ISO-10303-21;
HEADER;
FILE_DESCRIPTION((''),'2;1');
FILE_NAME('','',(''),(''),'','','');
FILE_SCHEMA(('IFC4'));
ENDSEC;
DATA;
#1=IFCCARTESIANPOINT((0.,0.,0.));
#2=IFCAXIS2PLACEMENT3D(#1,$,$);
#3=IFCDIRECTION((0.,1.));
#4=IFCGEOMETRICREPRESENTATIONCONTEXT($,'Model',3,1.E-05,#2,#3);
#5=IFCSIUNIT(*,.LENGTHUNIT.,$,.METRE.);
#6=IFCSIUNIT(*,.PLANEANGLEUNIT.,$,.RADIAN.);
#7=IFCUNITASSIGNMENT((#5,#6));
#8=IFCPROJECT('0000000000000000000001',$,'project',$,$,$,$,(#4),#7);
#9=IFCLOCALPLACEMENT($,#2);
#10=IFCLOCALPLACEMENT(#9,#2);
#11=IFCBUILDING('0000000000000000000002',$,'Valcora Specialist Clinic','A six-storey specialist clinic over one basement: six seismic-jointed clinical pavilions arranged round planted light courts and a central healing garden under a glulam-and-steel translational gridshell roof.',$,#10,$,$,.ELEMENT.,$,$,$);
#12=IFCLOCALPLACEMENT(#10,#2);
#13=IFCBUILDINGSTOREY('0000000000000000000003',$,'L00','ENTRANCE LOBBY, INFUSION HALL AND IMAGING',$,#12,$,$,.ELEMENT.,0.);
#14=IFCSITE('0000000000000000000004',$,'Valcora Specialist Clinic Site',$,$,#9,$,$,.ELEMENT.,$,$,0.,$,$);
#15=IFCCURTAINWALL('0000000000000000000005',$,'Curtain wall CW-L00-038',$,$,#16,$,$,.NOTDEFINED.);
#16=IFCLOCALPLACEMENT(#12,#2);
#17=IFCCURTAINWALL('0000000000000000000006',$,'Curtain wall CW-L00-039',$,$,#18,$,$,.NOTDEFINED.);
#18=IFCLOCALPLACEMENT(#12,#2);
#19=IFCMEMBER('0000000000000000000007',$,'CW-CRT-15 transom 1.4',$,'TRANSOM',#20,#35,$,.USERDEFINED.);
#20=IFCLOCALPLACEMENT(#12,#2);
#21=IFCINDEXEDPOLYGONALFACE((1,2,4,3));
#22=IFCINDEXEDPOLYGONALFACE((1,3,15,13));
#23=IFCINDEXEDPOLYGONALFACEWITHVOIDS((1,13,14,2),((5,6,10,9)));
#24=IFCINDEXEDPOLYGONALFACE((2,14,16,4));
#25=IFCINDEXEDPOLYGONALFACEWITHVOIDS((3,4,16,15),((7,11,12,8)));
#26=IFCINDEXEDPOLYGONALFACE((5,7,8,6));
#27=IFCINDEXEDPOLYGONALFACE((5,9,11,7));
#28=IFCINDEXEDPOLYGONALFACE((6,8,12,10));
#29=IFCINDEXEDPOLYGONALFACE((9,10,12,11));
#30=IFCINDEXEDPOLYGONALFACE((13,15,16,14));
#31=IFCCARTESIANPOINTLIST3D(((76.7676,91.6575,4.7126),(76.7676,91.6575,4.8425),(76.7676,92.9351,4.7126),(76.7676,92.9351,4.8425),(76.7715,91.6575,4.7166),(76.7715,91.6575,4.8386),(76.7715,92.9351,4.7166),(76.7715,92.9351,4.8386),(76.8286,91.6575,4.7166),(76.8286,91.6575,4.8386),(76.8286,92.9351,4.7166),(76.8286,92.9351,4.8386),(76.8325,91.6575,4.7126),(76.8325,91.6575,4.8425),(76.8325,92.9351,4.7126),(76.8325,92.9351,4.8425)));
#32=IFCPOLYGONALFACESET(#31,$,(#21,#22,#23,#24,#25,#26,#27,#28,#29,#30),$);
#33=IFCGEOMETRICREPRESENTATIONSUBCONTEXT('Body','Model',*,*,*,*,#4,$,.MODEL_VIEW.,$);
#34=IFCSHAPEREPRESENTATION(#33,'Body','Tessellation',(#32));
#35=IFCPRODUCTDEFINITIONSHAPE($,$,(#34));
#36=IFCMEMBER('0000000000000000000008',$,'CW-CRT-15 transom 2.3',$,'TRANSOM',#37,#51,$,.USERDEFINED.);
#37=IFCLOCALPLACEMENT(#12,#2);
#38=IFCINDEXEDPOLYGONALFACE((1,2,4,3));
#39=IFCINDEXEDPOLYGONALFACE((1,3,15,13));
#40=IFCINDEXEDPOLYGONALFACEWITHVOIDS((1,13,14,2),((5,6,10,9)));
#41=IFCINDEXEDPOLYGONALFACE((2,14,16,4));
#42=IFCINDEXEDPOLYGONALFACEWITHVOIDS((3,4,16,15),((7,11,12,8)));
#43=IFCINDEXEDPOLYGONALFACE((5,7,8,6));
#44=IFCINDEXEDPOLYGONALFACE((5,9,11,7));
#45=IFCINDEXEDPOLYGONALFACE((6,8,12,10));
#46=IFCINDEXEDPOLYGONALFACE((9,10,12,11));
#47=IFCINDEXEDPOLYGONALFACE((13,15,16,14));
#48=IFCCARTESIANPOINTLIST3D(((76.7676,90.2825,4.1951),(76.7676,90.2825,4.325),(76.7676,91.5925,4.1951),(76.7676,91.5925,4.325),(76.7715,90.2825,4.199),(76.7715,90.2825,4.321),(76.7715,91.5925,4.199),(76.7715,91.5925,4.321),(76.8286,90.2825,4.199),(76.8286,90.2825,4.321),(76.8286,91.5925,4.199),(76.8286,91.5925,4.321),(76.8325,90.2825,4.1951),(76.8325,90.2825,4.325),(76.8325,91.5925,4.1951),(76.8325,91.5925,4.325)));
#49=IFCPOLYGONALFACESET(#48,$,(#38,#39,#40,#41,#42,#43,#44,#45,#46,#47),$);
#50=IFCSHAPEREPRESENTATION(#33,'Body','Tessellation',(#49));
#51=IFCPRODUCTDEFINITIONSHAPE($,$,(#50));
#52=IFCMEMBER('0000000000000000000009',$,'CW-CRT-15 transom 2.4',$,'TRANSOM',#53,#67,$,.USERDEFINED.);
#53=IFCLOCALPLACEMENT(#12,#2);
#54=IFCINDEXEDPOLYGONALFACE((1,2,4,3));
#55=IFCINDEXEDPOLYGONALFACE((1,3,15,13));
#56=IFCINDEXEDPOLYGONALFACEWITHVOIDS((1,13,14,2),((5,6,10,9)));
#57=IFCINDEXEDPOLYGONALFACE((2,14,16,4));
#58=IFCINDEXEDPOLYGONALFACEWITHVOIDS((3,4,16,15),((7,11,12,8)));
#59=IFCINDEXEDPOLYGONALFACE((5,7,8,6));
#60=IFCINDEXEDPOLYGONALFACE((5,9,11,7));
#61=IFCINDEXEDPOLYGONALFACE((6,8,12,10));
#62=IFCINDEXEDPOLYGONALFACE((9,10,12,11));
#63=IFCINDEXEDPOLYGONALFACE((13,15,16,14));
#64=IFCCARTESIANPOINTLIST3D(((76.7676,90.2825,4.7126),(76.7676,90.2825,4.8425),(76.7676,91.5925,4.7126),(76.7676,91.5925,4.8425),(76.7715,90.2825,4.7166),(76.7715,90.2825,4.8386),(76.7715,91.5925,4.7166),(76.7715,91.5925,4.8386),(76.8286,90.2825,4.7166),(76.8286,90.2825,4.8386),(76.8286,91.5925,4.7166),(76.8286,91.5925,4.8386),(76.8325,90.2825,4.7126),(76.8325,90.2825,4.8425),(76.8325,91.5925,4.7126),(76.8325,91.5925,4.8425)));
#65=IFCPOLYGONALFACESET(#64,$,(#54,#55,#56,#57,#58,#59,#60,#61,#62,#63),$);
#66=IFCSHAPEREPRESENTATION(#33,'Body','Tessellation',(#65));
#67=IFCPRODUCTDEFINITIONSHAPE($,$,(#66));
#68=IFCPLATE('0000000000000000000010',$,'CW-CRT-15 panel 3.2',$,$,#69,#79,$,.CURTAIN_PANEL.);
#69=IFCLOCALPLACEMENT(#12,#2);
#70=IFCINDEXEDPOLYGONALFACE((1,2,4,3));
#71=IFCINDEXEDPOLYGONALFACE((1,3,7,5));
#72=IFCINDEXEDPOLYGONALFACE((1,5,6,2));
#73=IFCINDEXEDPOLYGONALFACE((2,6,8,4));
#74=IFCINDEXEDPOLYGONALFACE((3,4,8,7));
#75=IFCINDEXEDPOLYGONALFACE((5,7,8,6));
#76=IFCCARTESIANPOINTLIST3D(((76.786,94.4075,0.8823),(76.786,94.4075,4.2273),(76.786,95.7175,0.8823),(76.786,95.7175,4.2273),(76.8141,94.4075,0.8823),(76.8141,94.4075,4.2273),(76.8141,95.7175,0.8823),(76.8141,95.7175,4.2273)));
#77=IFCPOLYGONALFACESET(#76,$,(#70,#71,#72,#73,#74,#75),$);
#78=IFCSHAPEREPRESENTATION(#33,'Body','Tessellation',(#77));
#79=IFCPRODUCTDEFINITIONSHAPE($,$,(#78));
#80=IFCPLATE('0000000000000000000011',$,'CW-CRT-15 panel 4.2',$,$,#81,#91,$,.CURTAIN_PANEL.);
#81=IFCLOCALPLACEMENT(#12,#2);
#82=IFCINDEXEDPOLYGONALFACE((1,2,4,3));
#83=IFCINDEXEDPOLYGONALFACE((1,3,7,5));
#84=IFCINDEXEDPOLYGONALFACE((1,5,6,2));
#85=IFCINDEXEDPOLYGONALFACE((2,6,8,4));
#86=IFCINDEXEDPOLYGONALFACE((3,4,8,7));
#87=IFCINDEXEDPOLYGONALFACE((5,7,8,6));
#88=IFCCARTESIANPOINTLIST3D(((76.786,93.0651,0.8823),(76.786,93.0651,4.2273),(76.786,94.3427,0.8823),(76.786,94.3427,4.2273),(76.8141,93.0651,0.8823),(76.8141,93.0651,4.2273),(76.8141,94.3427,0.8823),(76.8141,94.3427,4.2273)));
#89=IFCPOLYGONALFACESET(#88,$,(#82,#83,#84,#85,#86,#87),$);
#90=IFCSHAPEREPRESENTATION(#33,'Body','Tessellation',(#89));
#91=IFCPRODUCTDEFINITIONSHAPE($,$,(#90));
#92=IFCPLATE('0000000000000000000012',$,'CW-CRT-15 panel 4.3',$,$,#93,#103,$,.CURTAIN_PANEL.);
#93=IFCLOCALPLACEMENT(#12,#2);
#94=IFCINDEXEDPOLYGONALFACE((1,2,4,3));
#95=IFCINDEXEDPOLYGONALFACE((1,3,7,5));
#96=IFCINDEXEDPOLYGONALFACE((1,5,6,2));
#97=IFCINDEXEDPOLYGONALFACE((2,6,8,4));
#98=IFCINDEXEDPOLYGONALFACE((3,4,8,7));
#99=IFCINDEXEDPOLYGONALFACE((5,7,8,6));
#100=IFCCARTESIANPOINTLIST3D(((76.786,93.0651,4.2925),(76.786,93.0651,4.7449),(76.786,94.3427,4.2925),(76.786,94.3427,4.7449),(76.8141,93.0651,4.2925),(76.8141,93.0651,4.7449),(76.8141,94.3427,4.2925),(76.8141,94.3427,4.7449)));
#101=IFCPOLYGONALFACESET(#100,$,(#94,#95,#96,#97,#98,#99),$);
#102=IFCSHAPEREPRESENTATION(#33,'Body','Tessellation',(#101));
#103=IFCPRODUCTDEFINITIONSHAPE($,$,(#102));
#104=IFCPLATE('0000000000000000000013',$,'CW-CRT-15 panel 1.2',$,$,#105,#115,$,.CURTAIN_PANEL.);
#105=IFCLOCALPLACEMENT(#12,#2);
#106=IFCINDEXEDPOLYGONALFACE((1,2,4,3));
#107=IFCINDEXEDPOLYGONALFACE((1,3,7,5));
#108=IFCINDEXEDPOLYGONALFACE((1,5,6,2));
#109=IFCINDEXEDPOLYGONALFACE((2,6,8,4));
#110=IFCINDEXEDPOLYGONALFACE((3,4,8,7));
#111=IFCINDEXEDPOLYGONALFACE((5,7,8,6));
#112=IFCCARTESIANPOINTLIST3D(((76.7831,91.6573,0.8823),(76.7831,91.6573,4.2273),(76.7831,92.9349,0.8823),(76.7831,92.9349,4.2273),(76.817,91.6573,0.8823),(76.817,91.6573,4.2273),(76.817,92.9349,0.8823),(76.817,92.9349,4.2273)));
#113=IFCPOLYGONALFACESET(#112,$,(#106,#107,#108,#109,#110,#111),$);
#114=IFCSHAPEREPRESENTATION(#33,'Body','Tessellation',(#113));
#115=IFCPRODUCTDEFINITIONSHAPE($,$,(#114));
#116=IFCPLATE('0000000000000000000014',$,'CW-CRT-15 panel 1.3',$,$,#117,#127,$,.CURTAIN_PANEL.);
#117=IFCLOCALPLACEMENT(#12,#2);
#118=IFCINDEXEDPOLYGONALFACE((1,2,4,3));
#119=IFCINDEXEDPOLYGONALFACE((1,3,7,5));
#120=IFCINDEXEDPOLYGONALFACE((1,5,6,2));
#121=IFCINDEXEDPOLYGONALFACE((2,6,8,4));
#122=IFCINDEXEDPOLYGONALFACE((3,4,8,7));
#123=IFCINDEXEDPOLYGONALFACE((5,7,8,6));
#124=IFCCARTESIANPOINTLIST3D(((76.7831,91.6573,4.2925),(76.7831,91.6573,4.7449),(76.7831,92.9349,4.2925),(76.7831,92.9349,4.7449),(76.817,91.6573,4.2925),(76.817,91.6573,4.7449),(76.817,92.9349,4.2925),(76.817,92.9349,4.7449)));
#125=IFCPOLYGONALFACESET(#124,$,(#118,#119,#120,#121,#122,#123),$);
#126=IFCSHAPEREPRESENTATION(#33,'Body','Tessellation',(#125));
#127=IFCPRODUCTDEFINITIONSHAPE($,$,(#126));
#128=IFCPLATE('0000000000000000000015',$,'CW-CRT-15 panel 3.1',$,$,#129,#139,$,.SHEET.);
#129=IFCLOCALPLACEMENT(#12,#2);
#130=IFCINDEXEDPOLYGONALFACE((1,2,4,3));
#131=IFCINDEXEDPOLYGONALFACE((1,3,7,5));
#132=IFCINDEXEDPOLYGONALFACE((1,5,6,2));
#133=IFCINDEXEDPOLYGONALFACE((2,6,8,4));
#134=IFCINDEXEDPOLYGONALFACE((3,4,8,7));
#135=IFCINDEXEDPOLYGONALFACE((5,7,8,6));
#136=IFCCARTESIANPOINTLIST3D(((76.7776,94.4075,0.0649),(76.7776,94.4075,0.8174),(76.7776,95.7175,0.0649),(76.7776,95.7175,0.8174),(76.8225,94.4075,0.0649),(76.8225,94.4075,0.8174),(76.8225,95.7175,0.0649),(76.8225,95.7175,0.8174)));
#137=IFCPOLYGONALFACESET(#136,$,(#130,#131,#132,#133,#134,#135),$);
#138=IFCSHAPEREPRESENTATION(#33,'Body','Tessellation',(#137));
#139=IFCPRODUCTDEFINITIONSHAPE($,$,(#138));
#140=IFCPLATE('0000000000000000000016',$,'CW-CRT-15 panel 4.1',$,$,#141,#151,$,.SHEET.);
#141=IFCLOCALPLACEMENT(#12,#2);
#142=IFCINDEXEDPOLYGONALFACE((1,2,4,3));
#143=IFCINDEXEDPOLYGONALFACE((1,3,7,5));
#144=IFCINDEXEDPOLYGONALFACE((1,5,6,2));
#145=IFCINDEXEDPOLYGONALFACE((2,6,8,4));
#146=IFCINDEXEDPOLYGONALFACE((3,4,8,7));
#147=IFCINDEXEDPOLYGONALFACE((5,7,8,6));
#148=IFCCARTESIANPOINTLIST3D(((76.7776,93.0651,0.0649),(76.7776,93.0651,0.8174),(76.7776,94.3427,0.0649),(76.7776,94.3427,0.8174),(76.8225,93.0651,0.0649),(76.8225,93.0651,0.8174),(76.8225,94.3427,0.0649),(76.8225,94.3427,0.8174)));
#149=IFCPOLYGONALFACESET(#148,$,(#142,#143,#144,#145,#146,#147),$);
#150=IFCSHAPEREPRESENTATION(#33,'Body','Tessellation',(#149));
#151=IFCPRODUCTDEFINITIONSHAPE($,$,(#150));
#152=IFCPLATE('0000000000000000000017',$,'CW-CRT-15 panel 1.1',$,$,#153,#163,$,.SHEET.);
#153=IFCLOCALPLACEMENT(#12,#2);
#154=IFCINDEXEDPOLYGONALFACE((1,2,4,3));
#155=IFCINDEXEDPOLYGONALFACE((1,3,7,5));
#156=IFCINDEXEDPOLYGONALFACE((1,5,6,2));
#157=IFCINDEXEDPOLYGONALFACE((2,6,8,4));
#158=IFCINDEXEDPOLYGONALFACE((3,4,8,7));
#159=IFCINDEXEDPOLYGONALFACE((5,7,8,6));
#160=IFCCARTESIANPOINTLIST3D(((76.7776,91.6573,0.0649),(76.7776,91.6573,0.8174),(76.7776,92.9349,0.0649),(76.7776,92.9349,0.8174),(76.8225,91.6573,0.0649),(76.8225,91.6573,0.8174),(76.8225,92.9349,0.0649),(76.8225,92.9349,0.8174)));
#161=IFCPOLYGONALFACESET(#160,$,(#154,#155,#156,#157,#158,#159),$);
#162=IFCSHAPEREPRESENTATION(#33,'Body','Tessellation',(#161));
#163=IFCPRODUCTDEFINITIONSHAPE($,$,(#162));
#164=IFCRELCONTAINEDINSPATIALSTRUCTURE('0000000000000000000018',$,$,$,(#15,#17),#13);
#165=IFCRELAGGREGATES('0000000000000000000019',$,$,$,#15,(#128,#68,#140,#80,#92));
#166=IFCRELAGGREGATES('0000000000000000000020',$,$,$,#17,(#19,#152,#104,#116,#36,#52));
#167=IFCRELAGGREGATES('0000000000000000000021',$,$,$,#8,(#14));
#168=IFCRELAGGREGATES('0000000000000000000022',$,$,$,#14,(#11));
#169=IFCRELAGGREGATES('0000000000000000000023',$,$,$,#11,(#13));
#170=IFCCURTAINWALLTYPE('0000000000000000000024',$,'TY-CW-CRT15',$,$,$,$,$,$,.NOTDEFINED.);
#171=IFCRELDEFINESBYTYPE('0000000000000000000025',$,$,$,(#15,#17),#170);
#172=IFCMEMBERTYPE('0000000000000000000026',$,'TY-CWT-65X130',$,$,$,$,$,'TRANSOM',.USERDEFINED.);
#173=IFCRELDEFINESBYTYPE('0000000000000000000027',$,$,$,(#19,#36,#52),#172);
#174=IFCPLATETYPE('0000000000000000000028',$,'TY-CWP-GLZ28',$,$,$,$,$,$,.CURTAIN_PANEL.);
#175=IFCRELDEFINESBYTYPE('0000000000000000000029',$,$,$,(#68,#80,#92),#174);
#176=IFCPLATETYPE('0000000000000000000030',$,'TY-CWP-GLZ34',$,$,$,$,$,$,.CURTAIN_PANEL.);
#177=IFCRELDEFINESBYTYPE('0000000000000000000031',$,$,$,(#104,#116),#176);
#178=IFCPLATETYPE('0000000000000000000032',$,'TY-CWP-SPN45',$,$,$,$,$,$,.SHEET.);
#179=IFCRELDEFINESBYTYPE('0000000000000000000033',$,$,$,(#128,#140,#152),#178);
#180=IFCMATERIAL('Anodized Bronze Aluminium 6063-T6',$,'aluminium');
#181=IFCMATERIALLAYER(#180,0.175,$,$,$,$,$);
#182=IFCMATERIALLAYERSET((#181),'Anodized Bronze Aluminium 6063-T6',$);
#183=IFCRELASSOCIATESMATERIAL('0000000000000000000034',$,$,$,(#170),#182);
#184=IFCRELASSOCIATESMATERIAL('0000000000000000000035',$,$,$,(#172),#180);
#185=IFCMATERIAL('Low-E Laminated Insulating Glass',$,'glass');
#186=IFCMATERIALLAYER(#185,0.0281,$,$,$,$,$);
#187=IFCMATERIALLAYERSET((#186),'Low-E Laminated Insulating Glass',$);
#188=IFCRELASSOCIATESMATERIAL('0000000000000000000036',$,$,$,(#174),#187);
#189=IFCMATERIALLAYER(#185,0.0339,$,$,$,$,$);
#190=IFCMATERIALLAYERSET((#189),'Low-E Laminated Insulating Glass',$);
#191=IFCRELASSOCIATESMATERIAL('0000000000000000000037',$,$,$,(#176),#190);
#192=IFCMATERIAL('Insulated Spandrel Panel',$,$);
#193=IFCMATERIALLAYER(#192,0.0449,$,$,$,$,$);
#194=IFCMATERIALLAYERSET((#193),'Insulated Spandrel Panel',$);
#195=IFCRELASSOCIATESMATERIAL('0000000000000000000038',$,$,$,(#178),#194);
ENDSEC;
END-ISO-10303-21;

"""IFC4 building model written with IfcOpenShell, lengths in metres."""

from ifc_helpers import new_model, si_unit, direction, frame, origin, origin_2d, place, context, subcontext, project, spatial, rectangle, hollow_rectangle, extrude, material, layer, layer_set, material_profile, profile_set, type_object, element, aggregate, save


model = new_model("IFC4")

# Units and contexts
model_context = context("Model", 3, precision=1e-05, world=origin(), true_north=direction((0.0, 1.0)))
body_context = subcontext(model_context, "Body", "Model", "MODEL_VIEW")
ifc_project = project(units=[si_unit("LENGTHUNIT", "METRE"), si_unit("PLANEANGLEUNIT", "RADIAN")], contexts=[model_context])

# Site, building, storey
site_placement = place(None, origin())
site = spatial("IfcSite", under=ifc_project, at=site_placement, Name="Valcora Specialist Clinic Site", CompositionType="ELEMENT", RefElevation=0.0)
building_placement = place(site_placement, origin())
building = spatial("IfcBuilding", under=site, at=building_placement, Name="Valcora Specialist Clinic", Description="A six-storey specialist clinic over one basement: six seismic-jointed clinical pavilions arranged round planted light courts and a central healing garden under a glulam-and-steel translational gridshell roof.", CompositionType="ELEMENT")
storey_placement = place(building_placement, origin())
storey = spatial("IfcBuildingStorey", under=building, at=storey_placement, Name="L00", Description="ENTRANCE LOBBY, INFUSION HALL AND IMAGING", CompositionType="ELEMENT", Elevation=0.0)

# Curtain walls
ifc_material_1 = material(Name="Anodized Bronze Aluminium 6063-T6", Category="aluminium")
ifc_layer_1 = layer(ifc_material_1, 0.175)
ifc_layer_set_1 = layer_set([ifc_layer_1], Name="Anodized Bronze Aluminium 6063-T6")
curtain_wall_type = type_object("IfcCurtainWallType", Name="TY-CW-CRT15", PredefinedType="NOTDEFINED", material=ifc_layer_set_1)
curtain_wall_1_placement = place(storey_placement, origin())
curtain_wall_1 = element("IfcCurtainWall", 1, at=curtain_wall_1_placement, inside=storey, type_object=curtain_wall_type, Name="Curtain wall CW-L00-038", PredefinedType="NOTDEFINED")
curtain_wall_2_placement = place(storey_placement, origin())
curtain_wall_2 = element("IfcCurtainWall", 2, at=curtain_wall_2_placement, inside=storey, type_object=curtain_wall_type, Name="Curtain wall CW-L00-039", PredefinedType="NOTDEFINED")

# Members
ifc_material_profile_1 = material_profile(ifc_material_1, hollow_rectangle(XDim=0.0649, YDim=0.1299, WallThickness=0.0039, at=origin_2d()), Name="AL-TRN-65X130")
ifc_profile_set_1 = profile_set([ifc_material_profile_1], Name="Anodized Bronze Aluminium 6063-T6")
member_type_1 = type_object("IfcMemberType", Name="TY-CWT-65X130", ElementType="TRANSOM", PredefinedType="USERDEFINED", material=ifc_profile_set_1)
member_1_placement = place(storey_placement, frame((76.8, 92.9351, 4.7776), z_axis=(0.0, -1.0, 0.0), x_axis=(1.0, 0.0, 0.0)))
member_1 = element("IfcMember", 3, at=member_1_placement, type_object=member_type_1, Name="CW-CRT-15 transom 1.4", ObjectType="TRANSOM", PredefinedType="USERDEFINED", context=body_context, shape_type="SweptSolid", body=[
    extrude(hollow_rectangle(XDim=0.0649, YDim=0.1299, WallThickness=0.0039, at=origin_2d()), origin(), (0.0, 0.0, 1.0), 1.2776),
])
member_2_placement = place(storey_placement, frame((76.8, 91.5925, 4.26), z_axis=(0.0, -1.0, 0.0), x_axis=(1.0, 0.0, 0.0)))
member_2 = element("IfcMember", 4, at=member_2_placement, type_object=member_type_1, Name="CW-CRT-15 transom 2.3", ObjectType="TRANSOM", PredefinedType="USERDEFINED", context=body_context, shape_type="SweptSolid", body=[
    extrude(hollow_rectangle(XDim=0.0649, YDim=0.1299, WallThickness=0.0039, at=origin_2d()), origin(), (0.0, 0.0, 1.0), 1.3101),
])
member_3_placement = place(storey_placement, frame((76.8, 91.5925, 4.7776), z_axis=(0.0, -1.0, 0.0), x_axis=(1.0, 0.0, 0.0)))
member_3 = element("IfcMember", 5, at=member_3_placement, type_object=member_type_1, Name="CW-CRT-15 transom 2.4", ObjectType="TRANSOM", PredefinedType="USERDEFINED", context=body_context, shape_type="SweptSolid", body=[
    extrude(hollow_rectangle(XDim=0.0649, YDim=0.1299, WallThickness=0.0039, at=origin_2d()), origin(), (0.0, 0.0, 1.0), 1.3101),
])

# Plates
ifc_material_2 = material(Name="Low-E Laminated Insulating Glass", Category="glass")
ifc_layer_2 = layer(ifc_material_2, 0.0281)
ifc_layer_set_2 = layer_set([ifc_layer_2], Name="Low-E Laminated Insulating Glass")
plate_type_1 = type_object("IfcPlateType", Name="TY-CWP-GLZ28", PredefinedType="CURTAIN_PANEL", material=ifc_layer_set_2)
plate_1_placement = place(storey_placement, frame((76.8, 95.0625, 0.8823), z_axis=(0.0, 0.0, 1.0), x_axis=(0.0, -1.0, 0.0)))
plate_1 = element("IfcPlate", 6, at=plate_1_placement, type_object=plate_type_1, Name="CW-CRT-15 panel 3.2", PredefinedType="CURTAIN_PANEL", context=body_context, shape_type="SweptSolid", body=[
    extrude(rectangle(XDim=1.3101, YDim=0.0281, at=origin_2d()), origin(), (0.0, 0.0, 1.0), 3.345),
])
plate_2_placement = place(storey_placement, frame((76.8, 93.7039, 0.8823), z_axis=(0.0, 0.0, 1.0), x_axis=(0.0, -1.0, 0.0)))
plate_2 = element("IfcPlate", 7, at=plate_2_placement, type_object=plate_type_1, Name="CW-CRT-15 panel 4.2", PredefinedType="CURTAIN_PANEL", context=body_context, shape_type="SweptSolid", body=[
    extrude(rectangle(XDim=1.2776, YDim=0.0281, at=origin_2d()), origin(), (0.0, 0.0, 1.0), 3.345),
])
plate_3_placement = place(storey_placement, frame((76.8, 93.7039, 4.2925), z_axis=(0.0, 0.0, 1.0), x_axis=(0.0, -1.0, 0.0)))
plate_3 = element("IfcPlate", 8, at=plate_3_placement, type_object=plate_type_1, Name="CW-CRT-15 panel 4.3", PredefinedType="CURTAIN_PANEL", context=body_context, shape_type="SweptSolid", body=[
    extrude(rectangle(XDim=1.2776, YDim=0.0281, at=origin_2d()), origin(), (0.0, 0.0, 1.0), 0.4524),
])
ifc_layer_3 = layer(ifc_material_2, 0.0339)
ifc_layer_set_3 = layer_set([ifc_layer_3], Name="Low-E Laminated Insulating Glass")
plate_type_2 = type_object("IfcPlateType", Name="TY-CWP-GLZ34", PredefinedType="CURTAIN_PANEL", material=ifc_layer_set_3)
plate_4_placement = place(storey_placement, frame((76.8, 92.2961, 0.8823), z_axis=(0.0, 0.0, 1.0), x_axis=(0.0, -1.0, 0.0)))
plate_4 = element("IfcPlate", 9, at=plate_4_placement, type_object=plate_type_2, Name="CW-CRT-15 panel 1.2", PredefinedType="CURTAIN_PANEL", context=body_context, shape_type="SweptSolid", body=[
    extrude(rectangle(XDim=1.2776, YDim=0.0339, at=origin_2d()), origin(), (0.0, 0.0, 1.0), 3.345),
])
plate_5_placement = place(storey_placement, frame((76.8, 92.2961, 4.2925), z_axis=(0.0, 0.0, 1.0), x_axis=(0.0, -1.0, 0.0)))
plate_5 = element("IfcPlate", 10, at=plate_5_placement, type_object=plate_type_2, Name="CW-CRT-15 panel 1.3", PredefinedType="CURTAIN_PANEL", context=body_context, shape_type="SweptSolid", body=[
    extrude(rectangle(XDim=1.2776, YDim=0.0339, at=origin_2d()), origin(), (0.0, 0.0, 1.0), 0.4524),
])
ifc_material_3 = material(Name="Insulated Spandrel Panel")
ifc_layer_4 = layer(ifc_material_3, 0.0449)
ifc_layer_set_4 = layer_set([ifc_layer_4], Name="Insulated Spandrel Panel")
plate_type_3 = type_object("IfcPlateType", Name="TY-CWP-SPN45", PredefinedType="SHEET", material=ifc_layer_set_4)
plate_6_placement = place(storey_placement, frame((76.8, 95.0625, 0.0649), z_axis=(0.0, 0.0, 1.0), x_axis=(0.0, -1.0, 0.0)))
plate_6 = element("IfcPlate", 11, at=plate_6_placement, type_object=plate_type_3, Name="CW-CRT-15 panel 3.1", PredefinedType="SHEET", context=body_context, shape_type="SweptSolid", body=[
    extrude(rectangle(XDim=1.3101, YDim=0.0449, at=origin_2d()), origin(), (0.0, 0.0, 1.0), 0.7524),
])
plate_7_placement = place(storey_placement, frame((76.8, 93.7039, 0.0649), z_axis=(0.0, 0.0, 1.0), x_axis=(0.0, -1.0, 0.0)))
plate_7 = element("IfcPlate", 12, at=plate_7_placement, type_object=plate_type_3, Name="CW-CRT-15 panel 4.1", PredefinedType="SHEET", context=body_context, shape_type="SweptSolid", body=[
    extrude(rectangle(XDim=1.2776, YDim=0.0449, at=origin_2d()), origin(), (0.0, 0.0, 1.0), 0.7524),
])
aggregate(curtain_wall_1, [plate_6, plate_1, plate_7, plate_2, plate_3])
plate_8_placement = place(storey_placement, frame((76.8, 92.2961, 0.0649), z_axis=(0.0, 0.0, 1.0), x_axis=(0.0, -1.0, 0.0)))
plate_8 = element("IfcPlate", 13, at=plate_8_placement, type_object=plate_type_3, Name="CW-CRT-15 panel 1.1", PredefinedType="SHEET", context=body_context, shape_type="SweptSolid", body=[
    extrude(rectangle(XDim=1.2776, YDim=0.0449, at=origin_2d()), origin(), (0.0, 0.0, 1.0), 0.7524),
])
aggregate(curtain_wall_2, [member_1, plate_8, plate_4, plate_5, member_2, member_3])

save(model, "model.ifc")
